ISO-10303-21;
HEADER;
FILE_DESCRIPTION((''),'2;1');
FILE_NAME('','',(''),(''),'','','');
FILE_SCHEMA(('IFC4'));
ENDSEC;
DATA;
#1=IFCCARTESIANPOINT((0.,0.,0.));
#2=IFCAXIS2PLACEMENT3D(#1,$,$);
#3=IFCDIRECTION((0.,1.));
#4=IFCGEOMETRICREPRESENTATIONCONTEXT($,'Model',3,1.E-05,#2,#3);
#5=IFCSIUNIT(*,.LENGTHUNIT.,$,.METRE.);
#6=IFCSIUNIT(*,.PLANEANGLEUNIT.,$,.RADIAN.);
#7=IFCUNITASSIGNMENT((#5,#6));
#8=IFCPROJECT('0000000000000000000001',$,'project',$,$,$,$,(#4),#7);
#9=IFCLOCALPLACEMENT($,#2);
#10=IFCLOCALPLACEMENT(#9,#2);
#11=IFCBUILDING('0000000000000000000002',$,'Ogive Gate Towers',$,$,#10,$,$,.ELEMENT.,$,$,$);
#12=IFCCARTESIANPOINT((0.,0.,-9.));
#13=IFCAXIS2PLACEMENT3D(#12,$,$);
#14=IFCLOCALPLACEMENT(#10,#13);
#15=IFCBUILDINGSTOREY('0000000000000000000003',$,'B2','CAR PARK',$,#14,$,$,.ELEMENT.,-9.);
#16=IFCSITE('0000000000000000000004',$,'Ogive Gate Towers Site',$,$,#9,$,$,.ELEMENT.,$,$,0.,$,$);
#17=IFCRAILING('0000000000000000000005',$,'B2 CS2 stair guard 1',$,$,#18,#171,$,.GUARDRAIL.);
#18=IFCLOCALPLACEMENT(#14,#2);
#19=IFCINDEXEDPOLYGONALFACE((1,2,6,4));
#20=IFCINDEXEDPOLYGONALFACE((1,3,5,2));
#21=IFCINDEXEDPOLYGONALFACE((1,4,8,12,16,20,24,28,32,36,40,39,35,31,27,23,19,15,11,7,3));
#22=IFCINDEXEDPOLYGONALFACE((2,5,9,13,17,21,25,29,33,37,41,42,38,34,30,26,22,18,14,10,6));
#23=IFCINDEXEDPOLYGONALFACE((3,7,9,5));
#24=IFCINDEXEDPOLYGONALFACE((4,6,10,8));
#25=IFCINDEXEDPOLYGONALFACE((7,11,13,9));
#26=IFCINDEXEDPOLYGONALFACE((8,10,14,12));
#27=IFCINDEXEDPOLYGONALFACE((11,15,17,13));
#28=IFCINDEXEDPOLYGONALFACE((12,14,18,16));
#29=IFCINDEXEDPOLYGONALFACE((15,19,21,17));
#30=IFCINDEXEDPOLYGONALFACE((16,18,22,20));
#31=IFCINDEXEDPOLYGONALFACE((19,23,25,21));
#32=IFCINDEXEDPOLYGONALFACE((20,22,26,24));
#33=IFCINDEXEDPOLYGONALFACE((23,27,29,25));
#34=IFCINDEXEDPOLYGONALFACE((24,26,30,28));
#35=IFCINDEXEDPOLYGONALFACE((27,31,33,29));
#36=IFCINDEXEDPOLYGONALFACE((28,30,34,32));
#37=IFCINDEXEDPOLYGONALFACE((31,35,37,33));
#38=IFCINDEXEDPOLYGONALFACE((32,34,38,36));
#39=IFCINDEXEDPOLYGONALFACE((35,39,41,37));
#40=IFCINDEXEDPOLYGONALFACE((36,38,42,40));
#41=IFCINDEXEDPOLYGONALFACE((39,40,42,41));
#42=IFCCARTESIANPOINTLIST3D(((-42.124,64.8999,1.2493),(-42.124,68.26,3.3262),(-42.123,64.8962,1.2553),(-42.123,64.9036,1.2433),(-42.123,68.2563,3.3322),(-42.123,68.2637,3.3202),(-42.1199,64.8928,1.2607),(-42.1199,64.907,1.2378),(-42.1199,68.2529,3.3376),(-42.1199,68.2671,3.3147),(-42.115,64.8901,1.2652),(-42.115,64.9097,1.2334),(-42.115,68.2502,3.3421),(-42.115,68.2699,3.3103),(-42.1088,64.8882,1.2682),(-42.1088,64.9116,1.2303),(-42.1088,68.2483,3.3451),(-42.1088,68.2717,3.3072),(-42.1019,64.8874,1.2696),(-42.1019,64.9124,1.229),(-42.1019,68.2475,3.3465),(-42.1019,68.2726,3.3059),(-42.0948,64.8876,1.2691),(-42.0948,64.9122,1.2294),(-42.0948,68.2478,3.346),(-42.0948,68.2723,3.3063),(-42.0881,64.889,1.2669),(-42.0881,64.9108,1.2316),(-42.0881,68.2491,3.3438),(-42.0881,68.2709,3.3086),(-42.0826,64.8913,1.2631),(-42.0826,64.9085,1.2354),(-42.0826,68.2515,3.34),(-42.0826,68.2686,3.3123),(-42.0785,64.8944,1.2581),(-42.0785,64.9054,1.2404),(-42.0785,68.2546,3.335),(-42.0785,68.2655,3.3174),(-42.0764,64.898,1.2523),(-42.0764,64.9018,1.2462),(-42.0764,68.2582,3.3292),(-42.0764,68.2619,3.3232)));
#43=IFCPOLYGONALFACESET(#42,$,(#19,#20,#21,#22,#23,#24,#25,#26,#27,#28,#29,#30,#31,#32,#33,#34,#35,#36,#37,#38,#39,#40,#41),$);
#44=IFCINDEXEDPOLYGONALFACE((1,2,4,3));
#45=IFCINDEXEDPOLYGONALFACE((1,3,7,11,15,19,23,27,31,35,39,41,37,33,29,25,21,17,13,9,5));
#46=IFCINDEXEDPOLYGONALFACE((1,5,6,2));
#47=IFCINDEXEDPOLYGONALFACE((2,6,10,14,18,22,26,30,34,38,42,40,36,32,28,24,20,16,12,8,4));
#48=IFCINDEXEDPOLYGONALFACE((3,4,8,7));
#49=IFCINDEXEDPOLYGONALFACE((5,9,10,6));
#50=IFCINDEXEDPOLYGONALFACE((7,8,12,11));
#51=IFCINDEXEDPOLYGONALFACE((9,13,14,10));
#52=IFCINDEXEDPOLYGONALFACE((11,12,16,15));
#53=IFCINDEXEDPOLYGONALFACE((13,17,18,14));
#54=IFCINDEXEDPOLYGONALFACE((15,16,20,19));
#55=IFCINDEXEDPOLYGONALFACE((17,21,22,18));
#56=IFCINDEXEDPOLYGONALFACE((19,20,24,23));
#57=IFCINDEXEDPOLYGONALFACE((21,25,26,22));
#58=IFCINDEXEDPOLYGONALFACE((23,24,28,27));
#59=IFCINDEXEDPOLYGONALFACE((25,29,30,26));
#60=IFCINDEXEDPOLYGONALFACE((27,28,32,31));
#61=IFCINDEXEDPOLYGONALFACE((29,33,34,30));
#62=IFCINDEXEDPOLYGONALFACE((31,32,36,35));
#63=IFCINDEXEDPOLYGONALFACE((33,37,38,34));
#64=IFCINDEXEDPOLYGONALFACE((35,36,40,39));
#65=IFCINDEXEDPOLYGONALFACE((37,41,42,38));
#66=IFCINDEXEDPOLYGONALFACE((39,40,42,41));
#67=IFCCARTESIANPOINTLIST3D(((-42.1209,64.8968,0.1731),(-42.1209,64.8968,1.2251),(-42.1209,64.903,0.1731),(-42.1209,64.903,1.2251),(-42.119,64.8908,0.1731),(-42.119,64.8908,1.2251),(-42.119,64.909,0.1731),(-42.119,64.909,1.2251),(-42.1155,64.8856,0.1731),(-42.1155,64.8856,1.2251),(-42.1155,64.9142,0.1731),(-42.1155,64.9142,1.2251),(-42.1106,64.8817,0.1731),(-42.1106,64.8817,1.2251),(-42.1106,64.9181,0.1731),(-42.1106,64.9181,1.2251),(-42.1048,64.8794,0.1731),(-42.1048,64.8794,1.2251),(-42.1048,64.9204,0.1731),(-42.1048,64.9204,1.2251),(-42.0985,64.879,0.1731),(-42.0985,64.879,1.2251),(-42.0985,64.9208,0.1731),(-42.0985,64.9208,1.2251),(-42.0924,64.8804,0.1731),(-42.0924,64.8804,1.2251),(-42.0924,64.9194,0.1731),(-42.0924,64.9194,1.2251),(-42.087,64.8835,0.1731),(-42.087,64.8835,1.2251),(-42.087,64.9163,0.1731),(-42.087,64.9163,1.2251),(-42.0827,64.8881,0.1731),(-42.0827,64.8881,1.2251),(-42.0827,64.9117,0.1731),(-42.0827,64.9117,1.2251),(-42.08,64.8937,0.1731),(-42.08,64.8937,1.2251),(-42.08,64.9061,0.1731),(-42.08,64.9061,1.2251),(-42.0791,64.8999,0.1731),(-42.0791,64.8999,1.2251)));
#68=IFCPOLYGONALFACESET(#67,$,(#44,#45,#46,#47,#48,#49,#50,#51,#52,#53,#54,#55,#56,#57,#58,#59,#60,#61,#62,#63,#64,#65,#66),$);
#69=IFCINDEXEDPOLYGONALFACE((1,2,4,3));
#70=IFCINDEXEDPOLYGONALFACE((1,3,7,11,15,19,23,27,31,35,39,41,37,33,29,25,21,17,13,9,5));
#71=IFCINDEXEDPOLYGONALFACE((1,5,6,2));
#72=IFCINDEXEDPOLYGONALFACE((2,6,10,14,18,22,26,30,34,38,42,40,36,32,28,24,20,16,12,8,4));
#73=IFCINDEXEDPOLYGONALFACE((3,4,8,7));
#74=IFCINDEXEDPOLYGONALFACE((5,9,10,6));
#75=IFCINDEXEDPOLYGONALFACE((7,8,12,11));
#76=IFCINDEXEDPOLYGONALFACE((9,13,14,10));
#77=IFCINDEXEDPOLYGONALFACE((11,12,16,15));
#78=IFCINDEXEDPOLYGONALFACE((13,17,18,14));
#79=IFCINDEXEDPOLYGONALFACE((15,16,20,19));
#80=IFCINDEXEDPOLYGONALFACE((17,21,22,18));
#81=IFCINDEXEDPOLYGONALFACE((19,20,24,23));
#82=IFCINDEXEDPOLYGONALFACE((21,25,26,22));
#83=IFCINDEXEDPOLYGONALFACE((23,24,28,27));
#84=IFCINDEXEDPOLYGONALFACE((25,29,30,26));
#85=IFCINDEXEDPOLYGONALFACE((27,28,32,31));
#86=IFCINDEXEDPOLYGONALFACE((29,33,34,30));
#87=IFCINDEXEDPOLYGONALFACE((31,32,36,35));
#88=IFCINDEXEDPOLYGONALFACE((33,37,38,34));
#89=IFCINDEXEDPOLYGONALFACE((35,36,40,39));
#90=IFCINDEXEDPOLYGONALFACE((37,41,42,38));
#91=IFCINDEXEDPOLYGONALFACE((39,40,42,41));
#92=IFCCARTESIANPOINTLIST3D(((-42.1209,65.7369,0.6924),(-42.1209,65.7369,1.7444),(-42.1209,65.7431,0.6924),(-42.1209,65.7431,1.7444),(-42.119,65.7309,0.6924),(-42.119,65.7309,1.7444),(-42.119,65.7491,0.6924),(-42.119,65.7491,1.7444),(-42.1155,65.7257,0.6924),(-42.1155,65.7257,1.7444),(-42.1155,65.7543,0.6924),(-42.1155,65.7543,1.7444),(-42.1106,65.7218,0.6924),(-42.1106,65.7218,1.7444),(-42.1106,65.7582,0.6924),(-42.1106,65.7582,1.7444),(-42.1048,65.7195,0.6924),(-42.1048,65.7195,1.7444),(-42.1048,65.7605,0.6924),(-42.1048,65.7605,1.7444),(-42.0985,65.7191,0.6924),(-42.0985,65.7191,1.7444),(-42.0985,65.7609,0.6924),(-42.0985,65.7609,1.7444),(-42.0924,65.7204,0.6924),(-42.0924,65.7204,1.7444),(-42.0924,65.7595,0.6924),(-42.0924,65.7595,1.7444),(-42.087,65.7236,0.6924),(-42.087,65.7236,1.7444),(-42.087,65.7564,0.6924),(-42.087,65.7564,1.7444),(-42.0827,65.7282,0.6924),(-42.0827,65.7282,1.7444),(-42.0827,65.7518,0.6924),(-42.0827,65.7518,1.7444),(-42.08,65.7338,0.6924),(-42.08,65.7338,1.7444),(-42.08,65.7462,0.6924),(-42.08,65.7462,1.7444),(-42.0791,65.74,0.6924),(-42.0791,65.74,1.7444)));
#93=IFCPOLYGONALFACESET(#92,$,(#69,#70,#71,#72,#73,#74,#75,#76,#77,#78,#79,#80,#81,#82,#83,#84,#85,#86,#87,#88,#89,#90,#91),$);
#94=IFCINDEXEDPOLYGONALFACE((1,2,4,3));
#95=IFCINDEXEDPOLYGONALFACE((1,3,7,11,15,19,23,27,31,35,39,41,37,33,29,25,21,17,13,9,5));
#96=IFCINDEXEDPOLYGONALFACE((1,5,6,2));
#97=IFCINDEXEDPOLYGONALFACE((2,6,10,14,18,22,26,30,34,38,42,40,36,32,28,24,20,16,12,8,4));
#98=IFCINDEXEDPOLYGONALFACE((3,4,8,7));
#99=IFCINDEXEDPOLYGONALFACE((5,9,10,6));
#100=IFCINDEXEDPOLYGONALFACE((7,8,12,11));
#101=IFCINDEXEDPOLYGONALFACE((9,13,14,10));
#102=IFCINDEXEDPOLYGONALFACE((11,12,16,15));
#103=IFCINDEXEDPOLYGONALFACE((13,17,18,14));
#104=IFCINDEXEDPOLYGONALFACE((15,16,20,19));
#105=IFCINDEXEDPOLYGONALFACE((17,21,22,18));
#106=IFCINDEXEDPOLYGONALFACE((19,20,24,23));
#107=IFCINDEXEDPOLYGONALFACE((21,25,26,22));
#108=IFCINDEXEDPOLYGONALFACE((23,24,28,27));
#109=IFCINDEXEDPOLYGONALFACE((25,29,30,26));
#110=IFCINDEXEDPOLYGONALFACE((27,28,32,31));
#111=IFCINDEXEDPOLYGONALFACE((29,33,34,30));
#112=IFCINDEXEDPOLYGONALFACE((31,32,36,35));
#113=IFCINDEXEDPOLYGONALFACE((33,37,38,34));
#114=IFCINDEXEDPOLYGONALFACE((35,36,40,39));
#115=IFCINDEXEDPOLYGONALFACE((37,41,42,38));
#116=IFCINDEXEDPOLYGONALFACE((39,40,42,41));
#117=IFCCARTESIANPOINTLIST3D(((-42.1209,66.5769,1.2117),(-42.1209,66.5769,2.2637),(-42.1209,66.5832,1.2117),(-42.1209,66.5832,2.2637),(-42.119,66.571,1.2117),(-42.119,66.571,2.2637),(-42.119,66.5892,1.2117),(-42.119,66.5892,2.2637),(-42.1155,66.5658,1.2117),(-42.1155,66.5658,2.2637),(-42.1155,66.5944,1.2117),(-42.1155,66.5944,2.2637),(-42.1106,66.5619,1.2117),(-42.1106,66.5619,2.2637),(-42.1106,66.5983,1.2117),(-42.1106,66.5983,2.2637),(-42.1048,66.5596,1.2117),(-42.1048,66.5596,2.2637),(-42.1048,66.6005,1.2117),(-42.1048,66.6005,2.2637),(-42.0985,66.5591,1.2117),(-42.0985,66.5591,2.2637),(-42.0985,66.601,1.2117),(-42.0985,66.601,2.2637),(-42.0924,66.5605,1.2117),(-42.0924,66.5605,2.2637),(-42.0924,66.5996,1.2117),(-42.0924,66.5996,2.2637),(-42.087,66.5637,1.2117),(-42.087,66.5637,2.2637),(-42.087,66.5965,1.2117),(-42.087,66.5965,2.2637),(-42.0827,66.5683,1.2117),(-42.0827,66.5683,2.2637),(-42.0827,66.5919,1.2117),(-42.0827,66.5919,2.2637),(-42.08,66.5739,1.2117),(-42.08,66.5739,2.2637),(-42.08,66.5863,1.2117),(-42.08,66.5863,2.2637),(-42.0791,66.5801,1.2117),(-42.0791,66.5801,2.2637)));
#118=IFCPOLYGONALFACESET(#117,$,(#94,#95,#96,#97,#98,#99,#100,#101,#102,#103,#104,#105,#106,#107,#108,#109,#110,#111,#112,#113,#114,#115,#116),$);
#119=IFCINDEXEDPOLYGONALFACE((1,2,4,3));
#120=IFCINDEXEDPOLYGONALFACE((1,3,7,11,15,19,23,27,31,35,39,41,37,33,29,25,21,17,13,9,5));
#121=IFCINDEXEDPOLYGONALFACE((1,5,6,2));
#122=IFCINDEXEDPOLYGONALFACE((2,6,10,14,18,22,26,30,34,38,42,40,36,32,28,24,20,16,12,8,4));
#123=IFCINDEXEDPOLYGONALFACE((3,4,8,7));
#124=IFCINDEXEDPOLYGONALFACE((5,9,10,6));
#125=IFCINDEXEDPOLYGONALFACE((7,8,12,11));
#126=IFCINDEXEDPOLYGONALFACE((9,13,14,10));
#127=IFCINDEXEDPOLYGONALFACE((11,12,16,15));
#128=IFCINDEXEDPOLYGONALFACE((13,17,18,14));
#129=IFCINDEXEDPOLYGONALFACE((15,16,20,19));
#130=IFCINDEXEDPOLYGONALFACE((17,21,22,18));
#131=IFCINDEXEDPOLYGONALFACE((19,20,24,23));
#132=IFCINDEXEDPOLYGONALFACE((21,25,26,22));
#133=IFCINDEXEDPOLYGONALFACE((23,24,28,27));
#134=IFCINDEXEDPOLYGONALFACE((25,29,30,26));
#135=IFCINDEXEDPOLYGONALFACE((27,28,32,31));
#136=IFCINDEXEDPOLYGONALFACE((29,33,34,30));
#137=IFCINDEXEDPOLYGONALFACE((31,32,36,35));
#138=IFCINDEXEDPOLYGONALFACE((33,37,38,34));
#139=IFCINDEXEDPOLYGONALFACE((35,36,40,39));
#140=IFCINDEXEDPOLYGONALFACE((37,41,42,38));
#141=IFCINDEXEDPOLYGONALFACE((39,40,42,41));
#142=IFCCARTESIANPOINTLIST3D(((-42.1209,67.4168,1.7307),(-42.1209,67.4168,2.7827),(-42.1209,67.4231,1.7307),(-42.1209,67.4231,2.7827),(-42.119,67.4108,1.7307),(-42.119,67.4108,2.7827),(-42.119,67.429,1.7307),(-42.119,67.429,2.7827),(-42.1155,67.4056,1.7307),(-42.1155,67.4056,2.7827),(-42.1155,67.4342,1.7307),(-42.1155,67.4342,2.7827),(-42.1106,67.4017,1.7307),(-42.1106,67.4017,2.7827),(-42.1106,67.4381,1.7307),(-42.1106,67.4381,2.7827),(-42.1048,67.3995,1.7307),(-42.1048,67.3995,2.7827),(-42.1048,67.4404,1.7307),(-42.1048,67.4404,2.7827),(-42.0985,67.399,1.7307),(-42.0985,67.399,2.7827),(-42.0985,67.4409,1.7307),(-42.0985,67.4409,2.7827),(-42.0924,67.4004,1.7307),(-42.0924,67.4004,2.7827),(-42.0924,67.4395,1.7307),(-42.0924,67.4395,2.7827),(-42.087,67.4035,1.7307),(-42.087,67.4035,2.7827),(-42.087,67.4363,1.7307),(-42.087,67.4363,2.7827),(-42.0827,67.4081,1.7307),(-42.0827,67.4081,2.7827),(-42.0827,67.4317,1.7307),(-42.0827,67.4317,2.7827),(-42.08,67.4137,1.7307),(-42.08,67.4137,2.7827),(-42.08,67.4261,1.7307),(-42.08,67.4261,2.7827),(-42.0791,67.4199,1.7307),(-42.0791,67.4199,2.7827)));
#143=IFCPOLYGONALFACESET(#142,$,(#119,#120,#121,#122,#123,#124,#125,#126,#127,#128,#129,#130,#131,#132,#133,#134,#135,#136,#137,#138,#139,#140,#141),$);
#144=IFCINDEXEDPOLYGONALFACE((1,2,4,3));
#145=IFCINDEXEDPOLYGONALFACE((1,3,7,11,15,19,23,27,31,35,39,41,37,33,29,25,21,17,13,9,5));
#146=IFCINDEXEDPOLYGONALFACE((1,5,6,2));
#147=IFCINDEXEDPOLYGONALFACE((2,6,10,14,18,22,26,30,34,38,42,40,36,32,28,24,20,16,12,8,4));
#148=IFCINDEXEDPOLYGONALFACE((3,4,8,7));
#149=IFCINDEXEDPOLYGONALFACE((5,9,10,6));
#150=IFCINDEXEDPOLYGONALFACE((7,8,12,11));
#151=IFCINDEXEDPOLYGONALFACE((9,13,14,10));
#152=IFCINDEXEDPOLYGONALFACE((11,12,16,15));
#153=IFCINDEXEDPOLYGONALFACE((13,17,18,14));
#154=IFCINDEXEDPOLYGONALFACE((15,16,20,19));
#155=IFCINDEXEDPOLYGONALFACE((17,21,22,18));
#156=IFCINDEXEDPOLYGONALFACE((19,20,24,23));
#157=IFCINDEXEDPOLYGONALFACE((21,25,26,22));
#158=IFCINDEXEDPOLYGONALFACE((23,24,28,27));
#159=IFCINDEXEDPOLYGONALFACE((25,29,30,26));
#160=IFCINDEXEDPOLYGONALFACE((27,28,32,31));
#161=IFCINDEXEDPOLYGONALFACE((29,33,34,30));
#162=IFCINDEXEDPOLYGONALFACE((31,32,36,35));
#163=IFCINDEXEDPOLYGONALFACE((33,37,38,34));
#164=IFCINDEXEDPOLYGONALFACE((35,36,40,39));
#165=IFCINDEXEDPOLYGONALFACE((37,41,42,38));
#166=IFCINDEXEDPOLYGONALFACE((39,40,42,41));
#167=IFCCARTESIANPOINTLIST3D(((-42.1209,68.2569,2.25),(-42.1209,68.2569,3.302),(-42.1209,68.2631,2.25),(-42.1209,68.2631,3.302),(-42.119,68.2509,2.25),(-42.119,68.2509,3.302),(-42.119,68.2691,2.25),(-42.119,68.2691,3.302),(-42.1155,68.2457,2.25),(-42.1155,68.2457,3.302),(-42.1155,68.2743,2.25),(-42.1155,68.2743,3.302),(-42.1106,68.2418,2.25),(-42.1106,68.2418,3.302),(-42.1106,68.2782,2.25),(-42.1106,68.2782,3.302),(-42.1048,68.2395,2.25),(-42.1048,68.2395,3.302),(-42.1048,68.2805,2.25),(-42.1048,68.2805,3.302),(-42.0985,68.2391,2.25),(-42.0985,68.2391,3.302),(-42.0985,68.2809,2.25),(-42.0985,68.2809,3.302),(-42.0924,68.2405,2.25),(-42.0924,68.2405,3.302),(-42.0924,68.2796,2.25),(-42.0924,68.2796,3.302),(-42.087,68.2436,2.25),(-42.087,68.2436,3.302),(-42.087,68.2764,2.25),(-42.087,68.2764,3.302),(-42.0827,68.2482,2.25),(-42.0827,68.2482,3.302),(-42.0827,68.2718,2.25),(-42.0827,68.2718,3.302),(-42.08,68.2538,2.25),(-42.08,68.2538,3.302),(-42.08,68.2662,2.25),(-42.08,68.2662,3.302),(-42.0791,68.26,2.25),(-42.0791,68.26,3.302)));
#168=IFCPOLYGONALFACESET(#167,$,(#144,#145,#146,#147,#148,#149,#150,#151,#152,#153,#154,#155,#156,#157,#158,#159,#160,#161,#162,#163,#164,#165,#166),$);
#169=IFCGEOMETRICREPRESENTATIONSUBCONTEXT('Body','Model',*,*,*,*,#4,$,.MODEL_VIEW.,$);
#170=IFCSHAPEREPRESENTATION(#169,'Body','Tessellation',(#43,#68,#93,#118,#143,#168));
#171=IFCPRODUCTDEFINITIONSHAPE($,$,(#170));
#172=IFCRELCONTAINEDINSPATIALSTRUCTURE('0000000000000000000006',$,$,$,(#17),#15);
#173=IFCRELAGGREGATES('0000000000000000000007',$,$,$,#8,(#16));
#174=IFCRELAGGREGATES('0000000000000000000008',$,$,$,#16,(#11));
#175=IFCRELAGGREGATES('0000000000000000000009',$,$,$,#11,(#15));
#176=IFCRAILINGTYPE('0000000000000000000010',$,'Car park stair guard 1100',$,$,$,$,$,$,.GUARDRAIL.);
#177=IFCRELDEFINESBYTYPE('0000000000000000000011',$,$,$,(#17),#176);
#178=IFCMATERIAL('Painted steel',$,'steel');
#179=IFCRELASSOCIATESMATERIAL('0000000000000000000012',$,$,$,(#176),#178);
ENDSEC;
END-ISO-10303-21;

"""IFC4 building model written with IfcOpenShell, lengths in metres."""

from ifc_helpers import new_model, si_unit, direction, frame, origin, origin_2d, place, context, subcontext, project, spatial, circle, extrude, material, type_object, element, save


model = new_model("IFC4")

# Units and contexts
model_context = context("Model", 3, precision=1e-05, world=origin(), true_north=direction((0.0, 1.0)))
body_context = subcontext(model_context, "Body", "Model", "MODEL_VIEW")
ifc_project = project(units=[si_unit("LENGTHUNIT", "METRE"), si_unit("PLANEANGLEUNIT", "RADIAN")], contexts=[model_context])

# Site, building, storey
site_placement = place(None, origin())
site = spatial("IfcSite", under=ifc_project, at=site_placement, Name="Ogive Gate Towers Site", CompositionType="ELEMENT", RefElevation=0.0)
building_placement = place(site_placement, origin())
building = spatial("IfcBuilding", under=site, at=building_placement, Name="Ogive Gate Towers", CompositionType="ELEMENT")
storey_placement = place(building_placement, frame((0.0, 0.0, -9.0)))
storey = spatial("IfcBuildingStorey", under=building, at=storey_placement, Name="B2", Description="CAR PARK", CompositionType="ELEMENT", Elevation=-9.0)

# Railing
ifc_material_1 = material(Name="Painted steel", Category="steel")
railing_type_1 = type_object("IfcRailingType", Name="Car park stair guard 1100", PredefinedType="GUARDRAIL", material=ifc_material_1)
railing_1_placement = place(storey_placement, frame((-42.1001, 64.8999, 0.1731)))
element("IfcRailing", 1, at=railing_1_placement, inside=storey, type_object=railing_type_1, Name="B2 CS2 stair guard 1", PredefinedType="GUARDRAIL", context=body_context, shape_type="SweptSolid", body=[
    extrude(circle(Radius=0.0239, at=origin_2d()), frame((0.0, 0.0, 1.0762), z_axis=(0.0, 0.850623, 0.525776), x_axis=(-1.0, 0.0, 0.0)), (0.0, 0.0, 1.0), 3.9502),
    extrude(circle(Radius=0.021, at=origin_2d()), origin(), (0.0, 0.0, 1.0), 1.052),
    extrude(circle(Radius=0.021, at=origin_2d()), frame((0.0, 0.8401, 0.5193)), (0.0, 0.0, 1.0), 1.052),
    extrude(circle(Radius=0.021, at=origin_2d()), frame((0.0, 1.6802, 1.0386)), (0.0, 0.0, 1.0), 1.052),
    extrude(circle(Radius=0.021, at=origin_2d()), frame((0.0, 2.52, 1.5576)), (0.0, 0.0, 1.0), 1.052),
    extrude(circle(Radius=0.021, at=origin_2d()), frame((0.0, 3.3601, 2.0769)), (0.0, 0.0, 1.0), 1.052),
])

save(model, "model.ifc")
